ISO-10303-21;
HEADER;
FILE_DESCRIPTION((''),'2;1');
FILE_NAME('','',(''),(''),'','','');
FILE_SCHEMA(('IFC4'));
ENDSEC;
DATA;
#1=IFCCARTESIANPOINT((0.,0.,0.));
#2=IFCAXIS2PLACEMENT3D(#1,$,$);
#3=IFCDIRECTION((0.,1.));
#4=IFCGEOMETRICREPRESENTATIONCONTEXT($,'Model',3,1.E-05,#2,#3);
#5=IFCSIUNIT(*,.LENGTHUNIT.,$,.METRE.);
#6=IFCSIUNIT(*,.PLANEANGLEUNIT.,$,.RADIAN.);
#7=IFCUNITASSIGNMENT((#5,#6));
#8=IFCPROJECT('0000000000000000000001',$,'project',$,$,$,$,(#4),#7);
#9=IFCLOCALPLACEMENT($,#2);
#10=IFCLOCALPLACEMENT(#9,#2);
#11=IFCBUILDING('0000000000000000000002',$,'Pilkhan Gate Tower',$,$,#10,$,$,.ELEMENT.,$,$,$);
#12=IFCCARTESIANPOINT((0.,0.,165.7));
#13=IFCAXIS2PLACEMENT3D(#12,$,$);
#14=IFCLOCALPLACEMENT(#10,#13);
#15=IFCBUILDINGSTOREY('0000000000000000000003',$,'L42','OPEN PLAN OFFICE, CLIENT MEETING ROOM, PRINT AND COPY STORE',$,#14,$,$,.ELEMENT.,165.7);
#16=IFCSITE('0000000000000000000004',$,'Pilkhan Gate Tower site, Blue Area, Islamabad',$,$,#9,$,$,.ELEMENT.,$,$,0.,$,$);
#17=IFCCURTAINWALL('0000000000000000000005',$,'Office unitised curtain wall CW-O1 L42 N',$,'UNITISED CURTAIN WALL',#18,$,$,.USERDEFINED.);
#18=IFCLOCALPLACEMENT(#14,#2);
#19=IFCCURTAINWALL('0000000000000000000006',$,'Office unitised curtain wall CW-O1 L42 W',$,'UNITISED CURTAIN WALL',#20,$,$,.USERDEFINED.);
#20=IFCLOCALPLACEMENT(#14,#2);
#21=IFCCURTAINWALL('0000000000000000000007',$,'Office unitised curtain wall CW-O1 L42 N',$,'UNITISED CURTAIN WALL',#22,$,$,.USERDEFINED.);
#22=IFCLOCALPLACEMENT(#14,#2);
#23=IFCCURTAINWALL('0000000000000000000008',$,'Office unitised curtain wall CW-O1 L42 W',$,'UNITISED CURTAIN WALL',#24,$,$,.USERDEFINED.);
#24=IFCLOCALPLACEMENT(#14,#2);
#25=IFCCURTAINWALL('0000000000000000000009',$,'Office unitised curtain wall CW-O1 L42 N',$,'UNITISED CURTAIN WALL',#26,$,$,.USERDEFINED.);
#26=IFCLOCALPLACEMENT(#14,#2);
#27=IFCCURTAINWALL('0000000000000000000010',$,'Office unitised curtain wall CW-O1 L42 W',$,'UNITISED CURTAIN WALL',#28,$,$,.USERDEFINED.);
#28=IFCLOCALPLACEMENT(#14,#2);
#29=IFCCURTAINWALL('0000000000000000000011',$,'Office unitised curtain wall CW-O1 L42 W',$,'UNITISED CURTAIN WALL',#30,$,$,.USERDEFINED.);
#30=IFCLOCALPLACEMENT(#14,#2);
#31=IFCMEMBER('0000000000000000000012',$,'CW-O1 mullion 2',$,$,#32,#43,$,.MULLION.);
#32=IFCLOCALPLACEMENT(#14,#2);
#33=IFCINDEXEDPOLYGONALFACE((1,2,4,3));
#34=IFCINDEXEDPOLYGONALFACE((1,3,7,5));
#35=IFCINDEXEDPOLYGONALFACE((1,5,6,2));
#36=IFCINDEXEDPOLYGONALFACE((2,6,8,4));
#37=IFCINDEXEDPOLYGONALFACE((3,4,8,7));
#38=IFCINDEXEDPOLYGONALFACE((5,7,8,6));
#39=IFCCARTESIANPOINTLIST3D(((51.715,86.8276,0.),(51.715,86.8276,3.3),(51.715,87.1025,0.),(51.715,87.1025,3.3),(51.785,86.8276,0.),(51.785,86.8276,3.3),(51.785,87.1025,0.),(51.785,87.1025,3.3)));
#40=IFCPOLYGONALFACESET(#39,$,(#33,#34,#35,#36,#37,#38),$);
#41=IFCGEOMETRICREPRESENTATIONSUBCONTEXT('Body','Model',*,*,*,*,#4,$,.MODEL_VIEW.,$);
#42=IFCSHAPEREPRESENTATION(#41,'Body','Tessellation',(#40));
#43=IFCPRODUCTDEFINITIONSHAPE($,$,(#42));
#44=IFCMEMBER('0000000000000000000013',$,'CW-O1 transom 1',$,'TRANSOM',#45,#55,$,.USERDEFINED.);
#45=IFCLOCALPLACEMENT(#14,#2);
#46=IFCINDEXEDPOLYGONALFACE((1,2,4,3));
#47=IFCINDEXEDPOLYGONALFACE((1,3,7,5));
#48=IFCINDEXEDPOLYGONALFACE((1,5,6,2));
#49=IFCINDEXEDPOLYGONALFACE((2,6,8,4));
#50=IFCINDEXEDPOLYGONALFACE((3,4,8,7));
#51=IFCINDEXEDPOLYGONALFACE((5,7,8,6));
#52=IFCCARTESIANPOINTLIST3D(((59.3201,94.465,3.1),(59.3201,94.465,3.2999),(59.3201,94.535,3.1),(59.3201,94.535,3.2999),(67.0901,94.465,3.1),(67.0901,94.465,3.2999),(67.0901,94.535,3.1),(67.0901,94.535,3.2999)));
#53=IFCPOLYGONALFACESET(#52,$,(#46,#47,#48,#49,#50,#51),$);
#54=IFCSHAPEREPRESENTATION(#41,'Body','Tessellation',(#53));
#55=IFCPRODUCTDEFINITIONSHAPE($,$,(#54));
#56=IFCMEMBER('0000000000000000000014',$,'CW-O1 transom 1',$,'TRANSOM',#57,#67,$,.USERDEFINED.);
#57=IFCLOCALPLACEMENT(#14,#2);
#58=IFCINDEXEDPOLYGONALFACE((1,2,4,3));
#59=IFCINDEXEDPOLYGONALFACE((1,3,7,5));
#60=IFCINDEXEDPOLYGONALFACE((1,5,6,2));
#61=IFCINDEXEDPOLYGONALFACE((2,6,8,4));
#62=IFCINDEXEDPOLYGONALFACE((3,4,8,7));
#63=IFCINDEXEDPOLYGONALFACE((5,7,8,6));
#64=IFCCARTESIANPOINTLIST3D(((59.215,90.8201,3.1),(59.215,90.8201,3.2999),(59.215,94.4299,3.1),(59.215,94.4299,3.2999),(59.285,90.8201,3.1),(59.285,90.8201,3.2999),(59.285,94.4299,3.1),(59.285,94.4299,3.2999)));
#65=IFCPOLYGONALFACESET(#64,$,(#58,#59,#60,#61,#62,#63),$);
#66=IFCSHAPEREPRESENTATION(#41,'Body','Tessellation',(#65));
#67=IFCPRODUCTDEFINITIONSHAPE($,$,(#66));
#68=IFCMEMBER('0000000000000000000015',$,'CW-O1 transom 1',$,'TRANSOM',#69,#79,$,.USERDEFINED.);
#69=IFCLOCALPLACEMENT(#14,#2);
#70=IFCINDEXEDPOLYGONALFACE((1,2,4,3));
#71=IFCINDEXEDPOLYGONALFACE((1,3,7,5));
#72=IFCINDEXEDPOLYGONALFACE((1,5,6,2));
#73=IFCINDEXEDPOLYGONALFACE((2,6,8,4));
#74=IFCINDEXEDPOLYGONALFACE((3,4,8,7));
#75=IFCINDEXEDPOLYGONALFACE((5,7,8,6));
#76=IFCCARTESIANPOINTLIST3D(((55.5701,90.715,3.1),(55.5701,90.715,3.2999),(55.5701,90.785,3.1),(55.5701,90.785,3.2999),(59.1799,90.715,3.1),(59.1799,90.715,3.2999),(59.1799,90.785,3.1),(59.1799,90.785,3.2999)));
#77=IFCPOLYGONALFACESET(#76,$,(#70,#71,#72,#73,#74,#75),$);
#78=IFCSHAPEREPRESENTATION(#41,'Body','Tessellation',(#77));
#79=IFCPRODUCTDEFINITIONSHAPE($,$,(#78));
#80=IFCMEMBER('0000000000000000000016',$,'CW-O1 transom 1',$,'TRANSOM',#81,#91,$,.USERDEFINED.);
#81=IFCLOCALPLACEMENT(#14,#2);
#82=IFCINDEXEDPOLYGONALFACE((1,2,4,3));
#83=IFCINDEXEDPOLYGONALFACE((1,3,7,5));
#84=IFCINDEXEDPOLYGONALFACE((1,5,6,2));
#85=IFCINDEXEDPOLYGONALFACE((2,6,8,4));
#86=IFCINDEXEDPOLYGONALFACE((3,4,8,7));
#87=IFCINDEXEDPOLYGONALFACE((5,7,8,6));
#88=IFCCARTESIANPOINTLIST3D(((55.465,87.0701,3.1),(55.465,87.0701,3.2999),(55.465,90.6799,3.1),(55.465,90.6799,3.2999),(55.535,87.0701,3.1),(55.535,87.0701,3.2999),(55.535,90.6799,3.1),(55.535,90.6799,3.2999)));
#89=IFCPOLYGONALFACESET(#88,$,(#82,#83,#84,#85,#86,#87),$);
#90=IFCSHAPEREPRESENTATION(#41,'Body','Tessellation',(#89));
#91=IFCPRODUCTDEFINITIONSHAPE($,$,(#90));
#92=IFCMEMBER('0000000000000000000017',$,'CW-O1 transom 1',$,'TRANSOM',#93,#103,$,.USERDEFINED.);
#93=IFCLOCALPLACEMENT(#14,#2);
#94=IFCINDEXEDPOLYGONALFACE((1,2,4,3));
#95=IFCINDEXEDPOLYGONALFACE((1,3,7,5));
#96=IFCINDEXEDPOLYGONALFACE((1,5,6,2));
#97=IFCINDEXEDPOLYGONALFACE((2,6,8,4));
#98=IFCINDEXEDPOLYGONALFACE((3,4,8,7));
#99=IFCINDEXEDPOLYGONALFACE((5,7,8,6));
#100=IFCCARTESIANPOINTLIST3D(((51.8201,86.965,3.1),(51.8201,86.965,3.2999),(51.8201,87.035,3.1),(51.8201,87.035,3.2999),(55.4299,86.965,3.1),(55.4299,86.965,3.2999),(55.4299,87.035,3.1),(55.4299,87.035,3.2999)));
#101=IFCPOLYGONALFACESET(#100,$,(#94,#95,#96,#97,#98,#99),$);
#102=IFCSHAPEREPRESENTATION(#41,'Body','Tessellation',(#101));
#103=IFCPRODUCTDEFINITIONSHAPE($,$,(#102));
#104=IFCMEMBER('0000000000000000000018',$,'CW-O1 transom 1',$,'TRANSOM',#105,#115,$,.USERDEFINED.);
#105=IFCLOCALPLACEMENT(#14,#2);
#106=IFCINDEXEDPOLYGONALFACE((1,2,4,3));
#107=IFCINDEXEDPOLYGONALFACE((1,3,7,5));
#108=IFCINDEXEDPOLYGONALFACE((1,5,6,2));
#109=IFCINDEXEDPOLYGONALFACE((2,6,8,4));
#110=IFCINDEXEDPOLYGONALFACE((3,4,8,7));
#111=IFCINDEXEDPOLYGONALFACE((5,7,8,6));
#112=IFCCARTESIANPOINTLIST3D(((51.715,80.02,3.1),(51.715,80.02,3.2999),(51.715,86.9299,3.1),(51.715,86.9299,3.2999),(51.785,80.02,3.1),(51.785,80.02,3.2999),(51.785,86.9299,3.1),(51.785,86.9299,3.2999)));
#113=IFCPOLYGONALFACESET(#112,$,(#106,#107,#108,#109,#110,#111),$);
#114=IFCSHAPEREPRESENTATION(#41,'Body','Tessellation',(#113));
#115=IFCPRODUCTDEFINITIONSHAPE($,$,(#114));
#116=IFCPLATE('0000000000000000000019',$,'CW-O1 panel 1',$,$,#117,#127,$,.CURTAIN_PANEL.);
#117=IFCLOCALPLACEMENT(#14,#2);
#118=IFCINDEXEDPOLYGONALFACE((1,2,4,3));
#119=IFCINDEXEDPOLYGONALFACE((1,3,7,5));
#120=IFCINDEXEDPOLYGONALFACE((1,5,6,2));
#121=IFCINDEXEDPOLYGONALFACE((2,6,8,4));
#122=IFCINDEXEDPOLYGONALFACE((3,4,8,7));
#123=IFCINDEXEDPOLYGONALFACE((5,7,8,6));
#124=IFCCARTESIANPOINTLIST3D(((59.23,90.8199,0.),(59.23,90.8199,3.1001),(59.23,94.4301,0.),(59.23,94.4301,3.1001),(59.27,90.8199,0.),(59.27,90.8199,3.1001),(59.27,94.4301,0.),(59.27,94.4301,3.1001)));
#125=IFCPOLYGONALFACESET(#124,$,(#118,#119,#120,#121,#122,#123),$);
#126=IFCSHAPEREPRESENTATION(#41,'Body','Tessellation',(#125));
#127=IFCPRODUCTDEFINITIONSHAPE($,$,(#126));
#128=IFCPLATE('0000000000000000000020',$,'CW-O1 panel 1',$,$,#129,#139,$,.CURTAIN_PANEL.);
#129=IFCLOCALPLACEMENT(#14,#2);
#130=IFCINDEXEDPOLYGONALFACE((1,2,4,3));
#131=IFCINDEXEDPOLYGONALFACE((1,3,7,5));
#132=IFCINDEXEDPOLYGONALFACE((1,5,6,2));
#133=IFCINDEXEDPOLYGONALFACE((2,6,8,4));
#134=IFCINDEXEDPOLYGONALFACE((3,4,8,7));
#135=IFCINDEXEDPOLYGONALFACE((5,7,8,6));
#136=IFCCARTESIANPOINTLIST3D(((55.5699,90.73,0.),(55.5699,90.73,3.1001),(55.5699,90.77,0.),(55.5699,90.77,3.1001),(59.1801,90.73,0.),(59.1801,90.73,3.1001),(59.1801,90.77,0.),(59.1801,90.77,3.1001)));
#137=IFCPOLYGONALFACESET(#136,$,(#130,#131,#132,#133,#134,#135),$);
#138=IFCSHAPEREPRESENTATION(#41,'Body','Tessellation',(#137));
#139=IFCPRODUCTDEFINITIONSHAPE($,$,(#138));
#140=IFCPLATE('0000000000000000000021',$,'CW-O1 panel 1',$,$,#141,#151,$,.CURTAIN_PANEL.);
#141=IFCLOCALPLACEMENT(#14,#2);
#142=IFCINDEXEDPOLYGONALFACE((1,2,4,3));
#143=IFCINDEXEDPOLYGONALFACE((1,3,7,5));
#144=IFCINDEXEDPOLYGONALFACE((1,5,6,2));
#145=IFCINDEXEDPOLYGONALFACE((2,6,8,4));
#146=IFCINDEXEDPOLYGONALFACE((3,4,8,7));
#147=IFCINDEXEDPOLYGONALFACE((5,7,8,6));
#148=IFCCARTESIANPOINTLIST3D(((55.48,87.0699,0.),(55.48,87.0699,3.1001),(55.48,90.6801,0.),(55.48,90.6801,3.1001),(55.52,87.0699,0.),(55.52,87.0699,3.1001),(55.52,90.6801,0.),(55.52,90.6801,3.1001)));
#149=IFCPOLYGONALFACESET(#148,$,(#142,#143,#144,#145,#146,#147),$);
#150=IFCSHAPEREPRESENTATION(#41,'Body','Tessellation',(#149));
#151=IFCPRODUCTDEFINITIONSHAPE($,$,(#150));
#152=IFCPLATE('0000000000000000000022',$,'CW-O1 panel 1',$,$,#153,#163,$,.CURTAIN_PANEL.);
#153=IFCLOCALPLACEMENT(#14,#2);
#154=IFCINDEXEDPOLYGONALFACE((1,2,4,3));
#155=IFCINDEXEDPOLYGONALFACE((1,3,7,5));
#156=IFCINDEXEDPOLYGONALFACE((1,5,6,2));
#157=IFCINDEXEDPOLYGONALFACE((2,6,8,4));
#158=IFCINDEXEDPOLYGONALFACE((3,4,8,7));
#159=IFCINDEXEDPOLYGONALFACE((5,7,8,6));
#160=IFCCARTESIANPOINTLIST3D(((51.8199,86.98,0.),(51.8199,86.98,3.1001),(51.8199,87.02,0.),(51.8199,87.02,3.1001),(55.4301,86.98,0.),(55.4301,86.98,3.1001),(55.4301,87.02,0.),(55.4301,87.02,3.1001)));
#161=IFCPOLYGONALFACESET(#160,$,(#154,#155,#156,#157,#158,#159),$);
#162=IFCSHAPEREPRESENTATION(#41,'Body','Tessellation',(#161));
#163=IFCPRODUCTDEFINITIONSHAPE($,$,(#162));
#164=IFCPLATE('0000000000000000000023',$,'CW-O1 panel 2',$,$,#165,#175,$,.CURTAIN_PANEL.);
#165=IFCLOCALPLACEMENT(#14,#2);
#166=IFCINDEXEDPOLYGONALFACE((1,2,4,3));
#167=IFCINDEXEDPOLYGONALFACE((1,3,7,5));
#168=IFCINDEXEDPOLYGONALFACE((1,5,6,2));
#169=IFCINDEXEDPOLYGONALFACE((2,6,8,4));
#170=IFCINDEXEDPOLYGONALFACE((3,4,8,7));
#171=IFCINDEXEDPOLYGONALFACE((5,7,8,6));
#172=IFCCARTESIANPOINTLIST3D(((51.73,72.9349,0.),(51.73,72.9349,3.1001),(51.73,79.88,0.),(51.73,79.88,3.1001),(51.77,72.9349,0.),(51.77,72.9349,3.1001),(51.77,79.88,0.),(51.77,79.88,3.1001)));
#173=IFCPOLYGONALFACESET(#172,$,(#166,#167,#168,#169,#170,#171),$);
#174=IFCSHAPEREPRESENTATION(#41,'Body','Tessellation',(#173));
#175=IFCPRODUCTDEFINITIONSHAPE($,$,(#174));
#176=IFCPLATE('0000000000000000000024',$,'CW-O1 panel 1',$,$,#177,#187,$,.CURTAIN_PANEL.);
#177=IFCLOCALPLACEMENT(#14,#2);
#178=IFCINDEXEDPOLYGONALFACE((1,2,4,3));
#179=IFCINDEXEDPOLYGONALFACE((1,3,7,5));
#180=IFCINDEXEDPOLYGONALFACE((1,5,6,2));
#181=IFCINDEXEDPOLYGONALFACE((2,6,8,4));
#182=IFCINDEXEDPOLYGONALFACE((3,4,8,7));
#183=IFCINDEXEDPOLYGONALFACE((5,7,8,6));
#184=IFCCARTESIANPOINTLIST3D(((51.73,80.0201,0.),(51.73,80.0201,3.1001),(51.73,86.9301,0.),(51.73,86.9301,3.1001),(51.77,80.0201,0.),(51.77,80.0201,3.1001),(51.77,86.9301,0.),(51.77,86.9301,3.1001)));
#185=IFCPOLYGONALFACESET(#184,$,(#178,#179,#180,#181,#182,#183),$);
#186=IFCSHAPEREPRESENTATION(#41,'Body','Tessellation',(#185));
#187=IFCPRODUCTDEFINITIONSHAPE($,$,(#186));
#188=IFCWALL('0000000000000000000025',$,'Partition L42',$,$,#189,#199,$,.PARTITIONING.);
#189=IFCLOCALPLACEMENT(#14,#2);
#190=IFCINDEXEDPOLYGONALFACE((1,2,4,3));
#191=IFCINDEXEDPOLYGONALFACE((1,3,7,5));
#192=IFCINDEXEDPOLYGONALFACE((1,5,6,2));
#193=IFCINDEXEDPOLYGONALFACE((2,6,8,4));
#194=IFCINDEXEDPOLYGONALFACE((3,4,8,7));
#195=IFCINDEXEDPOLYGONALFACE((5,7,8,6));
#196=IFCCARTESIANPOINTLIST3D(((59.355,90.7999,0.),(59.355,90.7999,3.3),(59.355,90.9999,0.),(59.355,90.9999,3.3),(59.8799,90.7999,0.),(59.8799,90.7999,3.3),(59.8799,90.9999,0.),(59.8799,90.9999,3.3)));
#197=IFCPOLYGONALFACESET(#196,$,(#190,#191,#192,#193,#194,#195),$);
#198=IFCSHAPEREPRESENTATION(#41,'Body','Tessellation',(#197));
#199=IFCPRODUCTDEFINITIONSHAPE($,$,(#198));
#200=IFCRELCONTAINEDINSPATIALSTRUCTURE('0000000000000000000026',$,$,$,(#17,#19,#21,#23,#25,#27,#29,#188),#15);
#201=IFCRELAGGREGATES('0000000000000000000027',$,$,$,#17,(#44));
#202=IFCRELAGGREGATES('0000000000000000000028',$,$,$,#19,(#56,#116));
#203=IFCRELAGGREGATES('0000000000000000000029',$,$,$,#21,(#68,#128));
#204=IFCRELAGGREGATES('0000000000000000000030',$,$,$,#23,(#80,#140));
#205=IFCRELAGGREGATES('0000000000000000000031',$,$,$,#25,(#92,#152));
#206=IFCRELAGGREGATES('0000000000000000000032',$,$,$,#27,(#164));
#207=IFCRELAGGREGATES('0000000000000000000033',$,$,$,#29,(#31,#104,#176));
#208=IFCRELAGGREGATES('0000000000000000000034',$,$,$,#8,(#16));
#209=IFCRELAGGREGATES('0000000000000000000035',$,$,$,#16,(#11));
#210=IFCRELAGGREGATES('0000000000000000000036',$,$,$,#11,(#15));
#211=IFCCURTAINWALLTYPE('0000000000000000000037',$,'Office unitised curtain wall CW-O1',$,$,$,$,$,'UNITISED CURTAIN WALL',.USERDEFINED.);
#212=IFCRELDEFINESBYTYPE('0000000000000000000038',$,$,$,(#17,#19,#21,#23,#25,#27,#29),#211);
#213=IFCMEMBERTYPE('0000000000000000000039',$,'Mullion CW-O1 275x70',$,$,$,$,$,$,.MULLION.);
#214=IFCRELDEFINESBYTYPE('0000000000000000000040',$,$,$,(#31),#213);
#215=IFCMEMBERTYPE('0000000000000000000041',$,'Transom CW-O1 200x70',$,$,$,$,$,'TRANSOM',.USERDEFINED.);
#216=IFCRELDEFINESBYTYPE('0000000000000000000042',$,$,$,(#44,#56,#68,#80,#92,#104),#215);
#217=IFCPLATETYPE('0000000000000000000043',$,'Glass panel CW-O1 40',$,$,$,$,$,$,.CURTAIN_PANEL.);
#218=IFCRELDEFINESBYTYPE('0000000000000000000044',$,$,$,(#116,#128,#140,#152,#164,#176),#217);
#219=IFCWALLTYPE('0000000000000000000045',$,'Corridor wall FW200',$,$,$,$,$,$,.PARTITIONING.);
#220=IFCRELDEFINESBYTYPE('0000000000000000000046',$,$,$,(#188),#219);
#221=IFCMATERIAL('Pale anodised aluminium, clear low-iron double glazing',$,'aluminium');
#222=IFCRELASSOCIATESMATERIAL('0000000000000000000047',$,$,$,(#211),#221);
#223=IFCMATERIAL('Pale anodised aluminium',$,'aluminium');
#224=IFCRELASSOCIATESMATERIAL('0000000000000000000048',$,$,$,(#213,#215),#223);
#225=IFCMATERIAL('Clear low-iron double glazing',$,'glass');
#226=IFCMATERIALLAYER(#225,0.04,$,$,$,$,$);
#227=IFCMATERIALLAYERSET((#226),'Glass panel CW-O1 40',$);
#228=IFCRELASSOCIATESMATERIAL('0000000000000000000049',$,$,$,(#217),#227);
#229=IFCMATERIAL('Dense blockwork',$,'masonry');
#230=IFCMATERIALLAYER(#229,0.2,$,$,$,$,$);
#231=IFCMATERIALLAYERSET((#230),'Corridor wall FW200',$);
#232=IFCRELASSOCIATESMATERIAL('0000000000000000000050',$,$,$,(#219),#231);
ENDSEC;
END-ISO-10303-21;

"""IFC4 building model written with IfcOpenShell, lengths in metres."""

from ifc_helpers import new_model, si_unit, direction, frame, frame_2d, origin, origin_2d, place, context, subcontext, project, spatial, rectangle, extrude, material, layer, layer_set, material_profile, profile_set, type_object, element, aggregate, save


model = new_model("IFC4")

# Units and contexts
model_context = context("Model", 3, precision=1e-05, world=origin(), true_north=direction((0.0, 1.0)))
body_context = subcontext(model_context, "Body", "Model", "MODEL_VIEW")
ifc_project = project(units=[si_unit("LENGTHUNIT", "METRE"), si_unit("PLANEANGLEUNIT", "RADIAN")], contexts=[model_context])

# Site, building, storey
site_placement = place(None, origin())
site = spatial("IfcSite", under=ifc_project, at=site_placement, Name="Pilkhan Gate Tower site, Blue Area, Islamabad", CompositionType="ELEMENT", RefElevation=0.0)
building_placement = place(site_placement, origin())
building = spatial("IfcBuilding", under=site, at=building_placement, Name="Pilkhan Gate Tower", CompositionType="ELEMENT")
storey_placement = place(building_placement, frame((0.0, 0.0, 165.7)))
storey = spatial("IfcBuildingStorey", under=building, at=storey_placement, Name="L42", Description="OPEN PLAN OFFICE, CLIENT MEETING ROOM, PRINT AND COPY STORE", CompositionType="ELEMENT", Elevation=165.7)

# Curtain wall
ifc_material_1 = material(Name="Pale anodised aluminium, clear low-iron double glazing", Category="aluminium")
curtain_wall_type = type_object("IfcCurtainWallType", Name="Office unitised curtain wall CW-O1", ElementType="UNITISED CURTAIN WALL", PredefinedType="USERDEFINED", material=ifc_material_1)
curtain_wall_1_placement = place(storey_placement, origin())
curtain_wall_1 = element("IfcCurtainWall", 1, at=curtain_wall_1_placement, inside=storey, type_object=curtain_wall_type, Name="Office unitised curtain wall CW-O1 L42 N", ObjectType="UNITISED CURTAIN WALL", PredefinedType="USERDEFINED")
ifc_material_2 = material(Name="Pale anodised aluminium", Category="aluminium")
ifc_material_profile_1 = material_profile(ifc_material_2, rectangle(XDim=0.0701, YDim=0.2749, at=origin_2d()), Name="Mullion 275x70")
ifc_profile_set_1 = profile_set([ifc_material_profile_1], Name="Pale anodised aluminium")
member_type_1 = type_object("IfcMemberType", Name="Mullion CW-O1 275x70", PredefinedType="MULLION", material=ifc_profile_set_1)

# Curtain walls
curtain_wall_2_placement = place(storey_placement, origin())
curtain_wall_2 = element("IfcCurtainWall", 2, at=curtain_wall_2_placement, inside=storey, type_object=curtain_wall_type, Name="Office unitised curtain wall CW-O1 L42 W", ObjectType="UNITISED CURTAIN WALL", PredefinedType="USERDEFINED")
curtain_wall_3_placement = place(storey_placement, origin())
curtain_wall_3 = element("IfcCurtainWall", 3, at=curtain_wall_3_placement, inside=storey, type_object=curtain_wall_type, Name="Office unitised curtain wall CW-O1 L42 N", ObjectType="UNITISED CURTAIN WALL", PredefinedType="USERDEFINED")
curtain_wall_4_placement = place(storey_placement, origin())
curtain_wall_4 = element("IfcCurtainWall", 4, at=curtain_wall_4_placement, inside=storey, type_object=curtain_wall_type, Name="Office unitised curtain wall CW-O1 L42 W", ObjectType="UNITISED CURTAIN WALL", PredefinedType="USERDEFINED")
curtain_wall_5_placement = place(storey_placement, origin())
curtain_wall_5 = element("IfcCurtainWall", 5, at=curtain_wall_5_placement, inside=storey, type_object=curtain_wall_type, Name="Office unitised curtain wall CW-O1 L42 N", ObjectType="UNITISED CURTAIN WALL", PredefinedType="USERDEFINED")

# Curtain wall
curtain_wall_6_placement = place(storey_placement, origin())
curtain_wall_6 = element("IfcCurtainWall", 6, at=curtain_wall_6_placement, inside=storey, type_object=curtain_wall_type, Name="Office unitised curtain wall CW-O1 L42 W", ObjectType="UNITISED CURTAIN WALL", PredefinedType="USERDEFINED")

# Curtain wall, member
curtain_wall_7_placement = place(storey_placement, origin())
curtain_wall_7 = element("IfcCurtainWall", 7, at=curtain_wall_7_placement, inside=storey, type_object=curtain_wall_type, Name="Office unitised curtain wall CW-O1 L42 W", ObjectType="UNITISED CURTAIN WALL", PredefinedType="USERDEFINED")
member_1_placement = place(storey_placement, frame((51.75, 86.9651, 0.0), z_axis=(0.0, 0.0, 1.0), x_axis=(-1.0, 0.0, 0.0)))
member_1 = element("IfcMember", 8, at=member_1_placement, type_object=member_type_1, Name="CW-O1 mullion 2", PredefinedType="MULLION", context=body_context, shape_type="SweptSolid", body=[
    extrude(rectangle(XDim=0.0701, YDim=0.2749, at=origin_2d()), origin(), (0.0, 0.0, 1.0), 3.3),
])

# Members
ifc_material_profile_2 = material_profile(ifc_material_2, rectangle(XDim=0.0701, YDim=0.2, at=origin_2d()), Name="Transom 200x70")
ifc_profile_set_2 = profile_set([ifc_material_profile_2], Name="Pale anodised aluminium")
member_type_2 = type_object("IfcMemberType", Name="Transom CW-O1 200x70", ElementType="TRANSOM", PredefinedType="USERDEFINED", material=ifc_profile_set_2)
member_2_placement = place(storey_placement, frame((59.3201, 94.5, 3.2), z_axis=(1.0, 0.0, 0.0), x_axis=(0.0, 1.0, 0.0)))
member_2 = element("IfcMember", 9, at=member_2_placement, type_object=member_type_2, Name="CW-O1 transom 1", ObjectType="TRANSOM", PredefinedType="USERDEFINED", context=body_context, shape_type="SweptSolid", body=[
    extrude(rectangle(XDim=0.0701, YDim=0.2, at=origin_2d()), origin(), (0.0, 0.0, 1.0), 7.77),
])
aggregate(curtain_wall_1, [member_2])
member_3_placement = place(storey_placement, frame((59.25, 90.8201, 3.2), z_axis=(0.0, 1.0, 0.0), x_axis=(-1.0, 0.0, 0.0)))
member_3 = element("IfcMember", 10, at=member_3_placement, type_object=member_type_2, Name="CW-O1 transom 1", ObjectType="TRANSOM", PredefinedType="USERDEFINED", context=body_context, shape_type="SweptSolid", body=[
    extrude(rectangle(XDim=0.0701, YDim=0.2, at=origin_2d()), origin(), (0.0, 0.0, 1.0), 3.6099),
])
member_4_placement = place(storey_placement, frame((55.5701, 90.75, 3.2), z_axis=(1.0, 0.0, 0.0), x_axis=(0.0, 1.0, 0.0)))
member_4 = element("IfcMember", 11, at=member_4_placement, type_object=member_type_2, Name="CW-O1 transom 1", ObjectType="TRANSOM", PredefinedType="USERDEFINED", context=body_context, shape_type="SweptSolid", body=[
    extrude(rectangle(XDim=0.0701, YDim=0.2, at=origin_2d()), origin(), (0.0, 0.0, 1.0), 3.6099),
])
member_5_placement = place(storey_placement, frame((55.5, 87.0701, 3.2), z_axis=(0.0, 1.0, 0.0), x_axis=(-1.0, 0.0, 0.0)))
member_5 = element("IfcMember", 12, at=member_5_placement, type_object=member_type_2, Name="CW-O1 transom 1", ObjectType="TRANSOM", PredefinedType="USERDEFINED", context=body_context, shape_type="SweptSolid", body=[
    extrude(rectangle(XDim=0.0701, YDim=0.2, at=origin_2d()), origin(), (0.0, 0.0, 1.0), 3.6099),
])
member_6_placement = place(storey_placement, frame((51.8201, 87.0, 3.2), z_axis=(1.0, 0.0, 0.0), x_axis=(0.0, 1.0, 0.0)))
member_6 = element("IfcMember", 13, at=member_6_placement, type_object=member_type_2, Name="CW-O1 transom 1", ObjectType="TRANSOM", PredefinedType="USERDEFINED", context=body_context, shape_type="SweptSolid", body=[
    extrude(rectangle(XDim=0.0701, YDim=0.2, at=origin_2d()), origin(), (0.0, 0.0, 1.0), 3.6099),
])
member_7_placement = place(storey_placement, frame((51.75, 80.02, 3.2), z_axis=(0.0, 1.0, 0.0), x_axis=(-1.0, 0.0, 0.0)))
member_7 = element("IfcMember", 14, at=member_7_placement, type_object=member_type_2, Name="CW-O1 transom 1", ObjectType="TRANSOM", PredefinedType="USERDEFINED", context=body_context, shape_type="SweptSolid", body=[
    extrude(rectangle(XDim=0.0701, YDim=0.2, at=origin_2d()), origin(), (0.0, 0.0, 1.0), 6.9099),
])

# Plates
ifc_material_3 = material(Name="Clear low-iron double glazing", Category="glass")
ifc_layer_1 = layer(ifc_material_3, 0.04)
ifc_layer_set_1 = layer_set([ifc_layer_1], Name="Glass panel CW-O1 40")
plate_type = type_object("IfcPlateType", Name="Glass panel CW-O1 40", PredefinedType="CURTAIN_PANEL", material=ifc_layer_set_1)
plate_1_placement = place(storey_placement, frame((59.25, 92.625, 0.0), z_axis=(0.0, 0.0, 1.0), x_axis=(0.0, 1.0, 0.0)))
plate_1 = element("IfcPlate", 15, at=plate_1_placement, type_object=plate_type, Name="CW-O1 panel 1", PredefinedType="CURTAIN_PANEL", context=body_context, shape_type="SweptSolid", body=[
    extrude(rectangle(XDim=3.6101, YDim=0.04, at=origin_2d()), origin(), (0.0, 0.0, 1.0), 3.1001),
])
aggregate(curtain_wall_2, [member_3, plate_1])
plate_2_placement = place(storey_placement, frame((57.375, 90.75, 0.0), z_axis=(0.0, 0.0, 1.0), x_axis=(1.0, 0.0, 0.0)))
plate_2 = element("IfcPlate", 16, at=plate_2_placement, type_object=plate_type, Name="CW-O1 panel 1", PredefinedType="CURTAIN_PANEL", context=body_context, shape_type="SweptSolid", body=[
    extrude(rectangle(XDim=3.6101, YDim=0.04, at=origin_2d()), origin(), (0.0, 0.0, 1.0), 3.1001),
])
aggregate(curtain_wall_3, [member_4, plate_2])
plate_3_placement = place(storey_placement, frame((55.5, 88.875, 0.0), z_axis=(0.0, 0.0, 1.0), x_axis=(0.0, 1.0, 0.0)))
plate_3 = element("IfcPlate", 17, at=plate_3_placement, type_object=plate_type, Name="CW-O1 panel 1", PredefinedType="CURTAIN_PANEL", context=body_context, shape_type="SweptSolid", body=[
    extrude(rectangle(XDim=3.6101, YDim=0.04, at=origin_2d()), origin(), (0.0, 0.0, 1.0), 3.1001),
])
aggregate(curtain_wall_4, [member_5, plate_3])
plate_4_placement = place(storey_placement, frame((53.625, 87.0, 0.0), z_axis=(0.0, 0.0, 1.0), x_axis=(1.0, 0.0, 0.0)))
plate_4 = element("IfcPlate", 18, at=plate_4_placement, type_object=plate_type, Name="CW-O1 panel 1", PredefinedType="CURTAIN_PANEL", context=body_context, shape_type="SweptSolid", body=[
    extrude(rectangle(XDim=3.6101, YDim=0.04, at=origin_2d()), origin(), (0.0, 0.0, 1.0), 3.1001),
])
aggregate(curtain_wall_5, [member_6, plate_4])
plate_5_placement = place(storey_placement, frame((51.75, 76.4075, 0.0), z_axis=(0.0, 0.0, 1.0), x_axis=(0.0, 1.0, 0.0)))
plate_5 = element("IfcPlate", 19, at=plate_5_placement, type_object=plate_type, Name="CW-O1 panel 2", PredefinedType="CURTAIN_PANEL", context=body_context, shape_type="SweptSolid", body=[
    extrude(rectangle(XDim=6.9451, YDim=0.04, at=origin_2d()), origin(), (0.0, 0.0, 1.0), 3.1001),
])
aggregate(curtain_wall_6, [plate_5])
plate_6_placement = place(storey_placement, frame((51.75, 83.4751, 0.0), z_axis=(0.0, 0.0, 1.0), x_axis=(0.0, 1.0, 0.0)))
plate_6 = element("IfcPlate", 20, at=plate_6_placement, type_object=plate_type, Name="CW-O1 panel 1", PredefinedType="CURTAIN_PANEL", context=body_context, shape_type="SweptSolid", body=[
    extrude(rectangle(XDim=6.9099, YDim=0.04, at=origin_2d()), origin(), (0.0, 0.0, 1.0), 3.1001),
])
aggregate(curtain_wall_7, [member_1, member_7, plate_6])

# Wall
ifc_material_4 = material(Name="Dense blockwork", Category="masonry")
ifc_layer_2 = layer(ifc_material_4, 0.2)
ifc_layer_set_2 = layer_set([ifc_layer_2], Name="Corridor wall FW200")
wall_type_1 = type_object("IfcWallType", Name="Corridor wall FW200", PredefinedType="PARTITIONING", material=ifc_layer_set_2)
wall_1_placement = place(storey_placement, frame((59.355, 90.8999, 0.0), z_axis=(0.0, 0.0, 1.0), x_axis=(1.0, 0.0, 0.0)))
element("IfcWall", 21, at=wall_1_placement, inside=storey, type_object=wall_type_1, Name="Partition L42", PredefinedType="PARTITIONING", context=body_context, shape_type="SweptSolid", body=[
    extrude(rectangle(XDim=0.5249, YDim=0.2, at=frame_2d((0.2625, 0.0))), origin(), (0.0, 0.0, 1.0), 3.3),
])

save(model, "model.ifc")
